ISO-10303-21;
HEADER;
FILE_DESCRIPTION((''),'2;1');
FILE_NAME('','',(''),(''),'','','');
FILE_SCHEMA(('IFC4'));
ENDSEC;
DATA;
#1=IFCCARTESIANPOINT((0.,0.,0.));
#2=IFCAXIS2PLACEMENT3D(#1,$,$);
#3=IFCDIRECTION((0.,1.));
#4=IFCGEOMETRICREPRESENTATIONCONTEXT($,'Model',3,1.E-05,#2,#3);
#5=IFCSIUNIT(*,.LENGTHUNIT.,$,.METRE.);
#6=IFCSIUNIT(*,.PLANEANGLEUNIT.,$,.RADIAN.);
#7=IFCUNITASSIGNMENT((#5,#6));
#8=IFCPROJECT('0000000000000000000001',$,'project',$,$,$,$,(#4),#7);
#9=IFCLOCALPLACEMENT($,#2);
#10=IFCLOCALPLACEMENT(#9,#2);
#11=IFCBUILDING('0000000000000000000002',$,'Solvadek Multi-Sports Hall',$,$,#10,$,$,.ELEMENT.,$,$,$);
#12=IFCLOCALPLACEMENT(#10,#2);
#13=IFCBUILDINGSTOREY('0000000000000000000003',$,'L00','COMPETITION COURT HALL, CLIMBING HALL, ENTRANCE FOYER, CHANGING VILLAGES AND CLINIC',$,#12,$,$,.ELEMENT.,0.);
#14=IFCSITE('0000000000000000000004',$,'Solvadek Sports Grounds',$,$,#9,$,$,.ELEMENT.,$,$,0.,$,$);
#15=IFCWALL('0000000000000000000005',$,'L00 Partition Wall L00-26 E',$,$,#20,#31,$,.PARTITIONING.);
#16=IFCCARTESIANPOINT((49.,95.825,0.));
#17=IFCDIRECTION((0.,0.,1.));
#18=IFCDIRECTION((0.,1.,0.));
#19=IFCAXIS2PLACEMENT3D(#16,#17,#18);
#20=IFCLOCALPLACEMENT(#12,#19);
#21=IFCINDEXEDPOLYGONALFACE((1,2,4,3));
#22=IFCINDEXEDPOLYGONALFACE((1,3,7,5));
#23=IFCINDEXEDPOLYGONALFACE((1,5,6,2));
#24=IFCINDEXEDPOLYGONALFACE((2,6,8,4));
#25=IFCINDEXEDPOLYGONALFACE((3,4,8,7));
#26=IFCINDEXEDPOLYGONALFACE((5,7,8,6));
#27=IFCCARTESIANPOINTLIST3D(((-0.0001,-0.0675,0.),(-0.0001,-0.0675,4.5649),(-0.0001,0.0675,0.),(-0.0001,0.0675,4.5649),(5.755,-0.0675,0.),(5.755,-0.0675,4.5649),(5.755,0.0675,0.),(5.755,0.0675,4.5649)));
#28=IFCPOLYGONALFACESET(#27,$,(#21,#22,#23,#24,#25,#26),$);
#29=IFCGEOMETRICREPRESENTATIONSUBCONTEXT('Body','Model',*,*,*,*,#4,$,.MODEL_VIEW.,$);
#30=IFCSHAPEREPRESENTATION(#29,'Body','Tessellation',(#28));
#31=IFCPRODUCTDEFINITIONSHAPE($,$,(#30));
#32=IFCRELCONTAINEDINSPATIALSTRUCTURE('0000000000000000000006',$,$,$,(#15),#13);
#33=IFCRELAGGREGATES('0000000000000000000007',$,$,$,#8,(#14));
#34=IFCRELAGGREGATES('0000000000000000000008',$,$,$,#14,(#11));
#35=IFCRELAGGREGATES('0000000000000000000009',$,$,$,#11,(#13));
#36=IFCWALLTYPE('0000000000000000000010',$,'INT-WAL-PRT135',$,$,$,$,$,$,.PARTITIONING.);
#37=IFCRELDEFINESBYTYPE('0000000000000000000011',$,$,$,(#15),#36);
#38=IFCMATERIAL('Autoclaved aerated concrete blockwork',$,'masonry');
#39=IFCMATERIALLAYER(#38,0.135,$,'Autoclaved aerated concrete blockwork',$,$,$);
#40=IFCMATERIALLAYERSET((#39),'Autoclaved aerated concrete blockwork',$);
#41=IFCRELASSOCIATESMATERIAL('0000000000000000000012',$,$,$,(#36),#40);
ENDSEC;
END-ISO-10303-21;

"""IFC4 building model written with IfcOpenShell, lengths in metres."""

from ifc_helpers import new_model, si_unit, direction, frame, frame_2d, origin, place, context, subcontext, project, spatial, rectangle, extrude, material, layer, layer_set, type_object, element, save


model = new_model("IFC4")

# Units and contexts
model_context = context("Model", 3, precision=1e-05, world=origin(), true_north=direction((0.0, 1.0)))
body_context = subcontext(model_context, "Body", "Model", "MODEL_VIEW")
ifc_project = project(units=[si_unit("LENGTHUNIT", "METRE"), si_unit("PLANEANGLEUNIT", "RADIAN")], contexts=[model_context])

# Site, building, storey
site_placement = place(None, origin())
site = spatial("IfcSite", under=ifc_project, at=site_placement, Name="Solvadek Sports Grounds", CompositionType="ELEMENT", RefElevation=0.0)
building_placement = place(site_placement, origin())
building = spatial("IfcBuilding", under=site, at=building_placement, Name="Solvadek Multi-Sports Hall", CompositionType="ELEMENT")
storey_placement = place(building_placement, origin())
storey = spatial("IfcBuildingStorey", under=building, at=storey_placement, Name="L00", Description="COMPETITION COURT HALL, CLIMBING HALL, ENTRANCE FOYER, CHANGING VILLAGES AND CLINIC", CompositionType="ELEMENT", Elevation=0.0)

# Wall
ifc_material_1 = material(Name="Autoclaved aerated concrete blockwork", Category="masonry")
ifc_layer_1 = layer(ifc_material_1, 0.135, Name="Autoclaved aerated concrete blockwork")
ifc_layer_set_1 = layer_set([ifc_layer_1], Name="Autoclaved aerated concrete blockwork")
wall_type_1 = type_object("IfcWallType", Name="INT-WAL-PRT135", PredefinedType="PARTITIONING", material=ifc_layer_set_1)
wall_1_placement = place(storey_placement, frame((49.0, 95.825, 0.0), z_axis=(0.0, 0.0, 1.0), x_axis=(0.0, 1.0, 0.0)))
element("IfcWall", 1, at=wall_1_placement, inside=storey, type_object=wall_type_1, Name="L00 Partition Wall L00-26 E", PredefinedType="PARTITIONING", context=body_context, shape_type="SweptSolid", body=[
    extrude(rectangle(XDim=5.7551, YDim=0.135, at=frame_2d((2.8774, 0.0))), origin(), (0.0, 0.0, 1.0), 4.5649),
])

save(model, "model.ifc")
